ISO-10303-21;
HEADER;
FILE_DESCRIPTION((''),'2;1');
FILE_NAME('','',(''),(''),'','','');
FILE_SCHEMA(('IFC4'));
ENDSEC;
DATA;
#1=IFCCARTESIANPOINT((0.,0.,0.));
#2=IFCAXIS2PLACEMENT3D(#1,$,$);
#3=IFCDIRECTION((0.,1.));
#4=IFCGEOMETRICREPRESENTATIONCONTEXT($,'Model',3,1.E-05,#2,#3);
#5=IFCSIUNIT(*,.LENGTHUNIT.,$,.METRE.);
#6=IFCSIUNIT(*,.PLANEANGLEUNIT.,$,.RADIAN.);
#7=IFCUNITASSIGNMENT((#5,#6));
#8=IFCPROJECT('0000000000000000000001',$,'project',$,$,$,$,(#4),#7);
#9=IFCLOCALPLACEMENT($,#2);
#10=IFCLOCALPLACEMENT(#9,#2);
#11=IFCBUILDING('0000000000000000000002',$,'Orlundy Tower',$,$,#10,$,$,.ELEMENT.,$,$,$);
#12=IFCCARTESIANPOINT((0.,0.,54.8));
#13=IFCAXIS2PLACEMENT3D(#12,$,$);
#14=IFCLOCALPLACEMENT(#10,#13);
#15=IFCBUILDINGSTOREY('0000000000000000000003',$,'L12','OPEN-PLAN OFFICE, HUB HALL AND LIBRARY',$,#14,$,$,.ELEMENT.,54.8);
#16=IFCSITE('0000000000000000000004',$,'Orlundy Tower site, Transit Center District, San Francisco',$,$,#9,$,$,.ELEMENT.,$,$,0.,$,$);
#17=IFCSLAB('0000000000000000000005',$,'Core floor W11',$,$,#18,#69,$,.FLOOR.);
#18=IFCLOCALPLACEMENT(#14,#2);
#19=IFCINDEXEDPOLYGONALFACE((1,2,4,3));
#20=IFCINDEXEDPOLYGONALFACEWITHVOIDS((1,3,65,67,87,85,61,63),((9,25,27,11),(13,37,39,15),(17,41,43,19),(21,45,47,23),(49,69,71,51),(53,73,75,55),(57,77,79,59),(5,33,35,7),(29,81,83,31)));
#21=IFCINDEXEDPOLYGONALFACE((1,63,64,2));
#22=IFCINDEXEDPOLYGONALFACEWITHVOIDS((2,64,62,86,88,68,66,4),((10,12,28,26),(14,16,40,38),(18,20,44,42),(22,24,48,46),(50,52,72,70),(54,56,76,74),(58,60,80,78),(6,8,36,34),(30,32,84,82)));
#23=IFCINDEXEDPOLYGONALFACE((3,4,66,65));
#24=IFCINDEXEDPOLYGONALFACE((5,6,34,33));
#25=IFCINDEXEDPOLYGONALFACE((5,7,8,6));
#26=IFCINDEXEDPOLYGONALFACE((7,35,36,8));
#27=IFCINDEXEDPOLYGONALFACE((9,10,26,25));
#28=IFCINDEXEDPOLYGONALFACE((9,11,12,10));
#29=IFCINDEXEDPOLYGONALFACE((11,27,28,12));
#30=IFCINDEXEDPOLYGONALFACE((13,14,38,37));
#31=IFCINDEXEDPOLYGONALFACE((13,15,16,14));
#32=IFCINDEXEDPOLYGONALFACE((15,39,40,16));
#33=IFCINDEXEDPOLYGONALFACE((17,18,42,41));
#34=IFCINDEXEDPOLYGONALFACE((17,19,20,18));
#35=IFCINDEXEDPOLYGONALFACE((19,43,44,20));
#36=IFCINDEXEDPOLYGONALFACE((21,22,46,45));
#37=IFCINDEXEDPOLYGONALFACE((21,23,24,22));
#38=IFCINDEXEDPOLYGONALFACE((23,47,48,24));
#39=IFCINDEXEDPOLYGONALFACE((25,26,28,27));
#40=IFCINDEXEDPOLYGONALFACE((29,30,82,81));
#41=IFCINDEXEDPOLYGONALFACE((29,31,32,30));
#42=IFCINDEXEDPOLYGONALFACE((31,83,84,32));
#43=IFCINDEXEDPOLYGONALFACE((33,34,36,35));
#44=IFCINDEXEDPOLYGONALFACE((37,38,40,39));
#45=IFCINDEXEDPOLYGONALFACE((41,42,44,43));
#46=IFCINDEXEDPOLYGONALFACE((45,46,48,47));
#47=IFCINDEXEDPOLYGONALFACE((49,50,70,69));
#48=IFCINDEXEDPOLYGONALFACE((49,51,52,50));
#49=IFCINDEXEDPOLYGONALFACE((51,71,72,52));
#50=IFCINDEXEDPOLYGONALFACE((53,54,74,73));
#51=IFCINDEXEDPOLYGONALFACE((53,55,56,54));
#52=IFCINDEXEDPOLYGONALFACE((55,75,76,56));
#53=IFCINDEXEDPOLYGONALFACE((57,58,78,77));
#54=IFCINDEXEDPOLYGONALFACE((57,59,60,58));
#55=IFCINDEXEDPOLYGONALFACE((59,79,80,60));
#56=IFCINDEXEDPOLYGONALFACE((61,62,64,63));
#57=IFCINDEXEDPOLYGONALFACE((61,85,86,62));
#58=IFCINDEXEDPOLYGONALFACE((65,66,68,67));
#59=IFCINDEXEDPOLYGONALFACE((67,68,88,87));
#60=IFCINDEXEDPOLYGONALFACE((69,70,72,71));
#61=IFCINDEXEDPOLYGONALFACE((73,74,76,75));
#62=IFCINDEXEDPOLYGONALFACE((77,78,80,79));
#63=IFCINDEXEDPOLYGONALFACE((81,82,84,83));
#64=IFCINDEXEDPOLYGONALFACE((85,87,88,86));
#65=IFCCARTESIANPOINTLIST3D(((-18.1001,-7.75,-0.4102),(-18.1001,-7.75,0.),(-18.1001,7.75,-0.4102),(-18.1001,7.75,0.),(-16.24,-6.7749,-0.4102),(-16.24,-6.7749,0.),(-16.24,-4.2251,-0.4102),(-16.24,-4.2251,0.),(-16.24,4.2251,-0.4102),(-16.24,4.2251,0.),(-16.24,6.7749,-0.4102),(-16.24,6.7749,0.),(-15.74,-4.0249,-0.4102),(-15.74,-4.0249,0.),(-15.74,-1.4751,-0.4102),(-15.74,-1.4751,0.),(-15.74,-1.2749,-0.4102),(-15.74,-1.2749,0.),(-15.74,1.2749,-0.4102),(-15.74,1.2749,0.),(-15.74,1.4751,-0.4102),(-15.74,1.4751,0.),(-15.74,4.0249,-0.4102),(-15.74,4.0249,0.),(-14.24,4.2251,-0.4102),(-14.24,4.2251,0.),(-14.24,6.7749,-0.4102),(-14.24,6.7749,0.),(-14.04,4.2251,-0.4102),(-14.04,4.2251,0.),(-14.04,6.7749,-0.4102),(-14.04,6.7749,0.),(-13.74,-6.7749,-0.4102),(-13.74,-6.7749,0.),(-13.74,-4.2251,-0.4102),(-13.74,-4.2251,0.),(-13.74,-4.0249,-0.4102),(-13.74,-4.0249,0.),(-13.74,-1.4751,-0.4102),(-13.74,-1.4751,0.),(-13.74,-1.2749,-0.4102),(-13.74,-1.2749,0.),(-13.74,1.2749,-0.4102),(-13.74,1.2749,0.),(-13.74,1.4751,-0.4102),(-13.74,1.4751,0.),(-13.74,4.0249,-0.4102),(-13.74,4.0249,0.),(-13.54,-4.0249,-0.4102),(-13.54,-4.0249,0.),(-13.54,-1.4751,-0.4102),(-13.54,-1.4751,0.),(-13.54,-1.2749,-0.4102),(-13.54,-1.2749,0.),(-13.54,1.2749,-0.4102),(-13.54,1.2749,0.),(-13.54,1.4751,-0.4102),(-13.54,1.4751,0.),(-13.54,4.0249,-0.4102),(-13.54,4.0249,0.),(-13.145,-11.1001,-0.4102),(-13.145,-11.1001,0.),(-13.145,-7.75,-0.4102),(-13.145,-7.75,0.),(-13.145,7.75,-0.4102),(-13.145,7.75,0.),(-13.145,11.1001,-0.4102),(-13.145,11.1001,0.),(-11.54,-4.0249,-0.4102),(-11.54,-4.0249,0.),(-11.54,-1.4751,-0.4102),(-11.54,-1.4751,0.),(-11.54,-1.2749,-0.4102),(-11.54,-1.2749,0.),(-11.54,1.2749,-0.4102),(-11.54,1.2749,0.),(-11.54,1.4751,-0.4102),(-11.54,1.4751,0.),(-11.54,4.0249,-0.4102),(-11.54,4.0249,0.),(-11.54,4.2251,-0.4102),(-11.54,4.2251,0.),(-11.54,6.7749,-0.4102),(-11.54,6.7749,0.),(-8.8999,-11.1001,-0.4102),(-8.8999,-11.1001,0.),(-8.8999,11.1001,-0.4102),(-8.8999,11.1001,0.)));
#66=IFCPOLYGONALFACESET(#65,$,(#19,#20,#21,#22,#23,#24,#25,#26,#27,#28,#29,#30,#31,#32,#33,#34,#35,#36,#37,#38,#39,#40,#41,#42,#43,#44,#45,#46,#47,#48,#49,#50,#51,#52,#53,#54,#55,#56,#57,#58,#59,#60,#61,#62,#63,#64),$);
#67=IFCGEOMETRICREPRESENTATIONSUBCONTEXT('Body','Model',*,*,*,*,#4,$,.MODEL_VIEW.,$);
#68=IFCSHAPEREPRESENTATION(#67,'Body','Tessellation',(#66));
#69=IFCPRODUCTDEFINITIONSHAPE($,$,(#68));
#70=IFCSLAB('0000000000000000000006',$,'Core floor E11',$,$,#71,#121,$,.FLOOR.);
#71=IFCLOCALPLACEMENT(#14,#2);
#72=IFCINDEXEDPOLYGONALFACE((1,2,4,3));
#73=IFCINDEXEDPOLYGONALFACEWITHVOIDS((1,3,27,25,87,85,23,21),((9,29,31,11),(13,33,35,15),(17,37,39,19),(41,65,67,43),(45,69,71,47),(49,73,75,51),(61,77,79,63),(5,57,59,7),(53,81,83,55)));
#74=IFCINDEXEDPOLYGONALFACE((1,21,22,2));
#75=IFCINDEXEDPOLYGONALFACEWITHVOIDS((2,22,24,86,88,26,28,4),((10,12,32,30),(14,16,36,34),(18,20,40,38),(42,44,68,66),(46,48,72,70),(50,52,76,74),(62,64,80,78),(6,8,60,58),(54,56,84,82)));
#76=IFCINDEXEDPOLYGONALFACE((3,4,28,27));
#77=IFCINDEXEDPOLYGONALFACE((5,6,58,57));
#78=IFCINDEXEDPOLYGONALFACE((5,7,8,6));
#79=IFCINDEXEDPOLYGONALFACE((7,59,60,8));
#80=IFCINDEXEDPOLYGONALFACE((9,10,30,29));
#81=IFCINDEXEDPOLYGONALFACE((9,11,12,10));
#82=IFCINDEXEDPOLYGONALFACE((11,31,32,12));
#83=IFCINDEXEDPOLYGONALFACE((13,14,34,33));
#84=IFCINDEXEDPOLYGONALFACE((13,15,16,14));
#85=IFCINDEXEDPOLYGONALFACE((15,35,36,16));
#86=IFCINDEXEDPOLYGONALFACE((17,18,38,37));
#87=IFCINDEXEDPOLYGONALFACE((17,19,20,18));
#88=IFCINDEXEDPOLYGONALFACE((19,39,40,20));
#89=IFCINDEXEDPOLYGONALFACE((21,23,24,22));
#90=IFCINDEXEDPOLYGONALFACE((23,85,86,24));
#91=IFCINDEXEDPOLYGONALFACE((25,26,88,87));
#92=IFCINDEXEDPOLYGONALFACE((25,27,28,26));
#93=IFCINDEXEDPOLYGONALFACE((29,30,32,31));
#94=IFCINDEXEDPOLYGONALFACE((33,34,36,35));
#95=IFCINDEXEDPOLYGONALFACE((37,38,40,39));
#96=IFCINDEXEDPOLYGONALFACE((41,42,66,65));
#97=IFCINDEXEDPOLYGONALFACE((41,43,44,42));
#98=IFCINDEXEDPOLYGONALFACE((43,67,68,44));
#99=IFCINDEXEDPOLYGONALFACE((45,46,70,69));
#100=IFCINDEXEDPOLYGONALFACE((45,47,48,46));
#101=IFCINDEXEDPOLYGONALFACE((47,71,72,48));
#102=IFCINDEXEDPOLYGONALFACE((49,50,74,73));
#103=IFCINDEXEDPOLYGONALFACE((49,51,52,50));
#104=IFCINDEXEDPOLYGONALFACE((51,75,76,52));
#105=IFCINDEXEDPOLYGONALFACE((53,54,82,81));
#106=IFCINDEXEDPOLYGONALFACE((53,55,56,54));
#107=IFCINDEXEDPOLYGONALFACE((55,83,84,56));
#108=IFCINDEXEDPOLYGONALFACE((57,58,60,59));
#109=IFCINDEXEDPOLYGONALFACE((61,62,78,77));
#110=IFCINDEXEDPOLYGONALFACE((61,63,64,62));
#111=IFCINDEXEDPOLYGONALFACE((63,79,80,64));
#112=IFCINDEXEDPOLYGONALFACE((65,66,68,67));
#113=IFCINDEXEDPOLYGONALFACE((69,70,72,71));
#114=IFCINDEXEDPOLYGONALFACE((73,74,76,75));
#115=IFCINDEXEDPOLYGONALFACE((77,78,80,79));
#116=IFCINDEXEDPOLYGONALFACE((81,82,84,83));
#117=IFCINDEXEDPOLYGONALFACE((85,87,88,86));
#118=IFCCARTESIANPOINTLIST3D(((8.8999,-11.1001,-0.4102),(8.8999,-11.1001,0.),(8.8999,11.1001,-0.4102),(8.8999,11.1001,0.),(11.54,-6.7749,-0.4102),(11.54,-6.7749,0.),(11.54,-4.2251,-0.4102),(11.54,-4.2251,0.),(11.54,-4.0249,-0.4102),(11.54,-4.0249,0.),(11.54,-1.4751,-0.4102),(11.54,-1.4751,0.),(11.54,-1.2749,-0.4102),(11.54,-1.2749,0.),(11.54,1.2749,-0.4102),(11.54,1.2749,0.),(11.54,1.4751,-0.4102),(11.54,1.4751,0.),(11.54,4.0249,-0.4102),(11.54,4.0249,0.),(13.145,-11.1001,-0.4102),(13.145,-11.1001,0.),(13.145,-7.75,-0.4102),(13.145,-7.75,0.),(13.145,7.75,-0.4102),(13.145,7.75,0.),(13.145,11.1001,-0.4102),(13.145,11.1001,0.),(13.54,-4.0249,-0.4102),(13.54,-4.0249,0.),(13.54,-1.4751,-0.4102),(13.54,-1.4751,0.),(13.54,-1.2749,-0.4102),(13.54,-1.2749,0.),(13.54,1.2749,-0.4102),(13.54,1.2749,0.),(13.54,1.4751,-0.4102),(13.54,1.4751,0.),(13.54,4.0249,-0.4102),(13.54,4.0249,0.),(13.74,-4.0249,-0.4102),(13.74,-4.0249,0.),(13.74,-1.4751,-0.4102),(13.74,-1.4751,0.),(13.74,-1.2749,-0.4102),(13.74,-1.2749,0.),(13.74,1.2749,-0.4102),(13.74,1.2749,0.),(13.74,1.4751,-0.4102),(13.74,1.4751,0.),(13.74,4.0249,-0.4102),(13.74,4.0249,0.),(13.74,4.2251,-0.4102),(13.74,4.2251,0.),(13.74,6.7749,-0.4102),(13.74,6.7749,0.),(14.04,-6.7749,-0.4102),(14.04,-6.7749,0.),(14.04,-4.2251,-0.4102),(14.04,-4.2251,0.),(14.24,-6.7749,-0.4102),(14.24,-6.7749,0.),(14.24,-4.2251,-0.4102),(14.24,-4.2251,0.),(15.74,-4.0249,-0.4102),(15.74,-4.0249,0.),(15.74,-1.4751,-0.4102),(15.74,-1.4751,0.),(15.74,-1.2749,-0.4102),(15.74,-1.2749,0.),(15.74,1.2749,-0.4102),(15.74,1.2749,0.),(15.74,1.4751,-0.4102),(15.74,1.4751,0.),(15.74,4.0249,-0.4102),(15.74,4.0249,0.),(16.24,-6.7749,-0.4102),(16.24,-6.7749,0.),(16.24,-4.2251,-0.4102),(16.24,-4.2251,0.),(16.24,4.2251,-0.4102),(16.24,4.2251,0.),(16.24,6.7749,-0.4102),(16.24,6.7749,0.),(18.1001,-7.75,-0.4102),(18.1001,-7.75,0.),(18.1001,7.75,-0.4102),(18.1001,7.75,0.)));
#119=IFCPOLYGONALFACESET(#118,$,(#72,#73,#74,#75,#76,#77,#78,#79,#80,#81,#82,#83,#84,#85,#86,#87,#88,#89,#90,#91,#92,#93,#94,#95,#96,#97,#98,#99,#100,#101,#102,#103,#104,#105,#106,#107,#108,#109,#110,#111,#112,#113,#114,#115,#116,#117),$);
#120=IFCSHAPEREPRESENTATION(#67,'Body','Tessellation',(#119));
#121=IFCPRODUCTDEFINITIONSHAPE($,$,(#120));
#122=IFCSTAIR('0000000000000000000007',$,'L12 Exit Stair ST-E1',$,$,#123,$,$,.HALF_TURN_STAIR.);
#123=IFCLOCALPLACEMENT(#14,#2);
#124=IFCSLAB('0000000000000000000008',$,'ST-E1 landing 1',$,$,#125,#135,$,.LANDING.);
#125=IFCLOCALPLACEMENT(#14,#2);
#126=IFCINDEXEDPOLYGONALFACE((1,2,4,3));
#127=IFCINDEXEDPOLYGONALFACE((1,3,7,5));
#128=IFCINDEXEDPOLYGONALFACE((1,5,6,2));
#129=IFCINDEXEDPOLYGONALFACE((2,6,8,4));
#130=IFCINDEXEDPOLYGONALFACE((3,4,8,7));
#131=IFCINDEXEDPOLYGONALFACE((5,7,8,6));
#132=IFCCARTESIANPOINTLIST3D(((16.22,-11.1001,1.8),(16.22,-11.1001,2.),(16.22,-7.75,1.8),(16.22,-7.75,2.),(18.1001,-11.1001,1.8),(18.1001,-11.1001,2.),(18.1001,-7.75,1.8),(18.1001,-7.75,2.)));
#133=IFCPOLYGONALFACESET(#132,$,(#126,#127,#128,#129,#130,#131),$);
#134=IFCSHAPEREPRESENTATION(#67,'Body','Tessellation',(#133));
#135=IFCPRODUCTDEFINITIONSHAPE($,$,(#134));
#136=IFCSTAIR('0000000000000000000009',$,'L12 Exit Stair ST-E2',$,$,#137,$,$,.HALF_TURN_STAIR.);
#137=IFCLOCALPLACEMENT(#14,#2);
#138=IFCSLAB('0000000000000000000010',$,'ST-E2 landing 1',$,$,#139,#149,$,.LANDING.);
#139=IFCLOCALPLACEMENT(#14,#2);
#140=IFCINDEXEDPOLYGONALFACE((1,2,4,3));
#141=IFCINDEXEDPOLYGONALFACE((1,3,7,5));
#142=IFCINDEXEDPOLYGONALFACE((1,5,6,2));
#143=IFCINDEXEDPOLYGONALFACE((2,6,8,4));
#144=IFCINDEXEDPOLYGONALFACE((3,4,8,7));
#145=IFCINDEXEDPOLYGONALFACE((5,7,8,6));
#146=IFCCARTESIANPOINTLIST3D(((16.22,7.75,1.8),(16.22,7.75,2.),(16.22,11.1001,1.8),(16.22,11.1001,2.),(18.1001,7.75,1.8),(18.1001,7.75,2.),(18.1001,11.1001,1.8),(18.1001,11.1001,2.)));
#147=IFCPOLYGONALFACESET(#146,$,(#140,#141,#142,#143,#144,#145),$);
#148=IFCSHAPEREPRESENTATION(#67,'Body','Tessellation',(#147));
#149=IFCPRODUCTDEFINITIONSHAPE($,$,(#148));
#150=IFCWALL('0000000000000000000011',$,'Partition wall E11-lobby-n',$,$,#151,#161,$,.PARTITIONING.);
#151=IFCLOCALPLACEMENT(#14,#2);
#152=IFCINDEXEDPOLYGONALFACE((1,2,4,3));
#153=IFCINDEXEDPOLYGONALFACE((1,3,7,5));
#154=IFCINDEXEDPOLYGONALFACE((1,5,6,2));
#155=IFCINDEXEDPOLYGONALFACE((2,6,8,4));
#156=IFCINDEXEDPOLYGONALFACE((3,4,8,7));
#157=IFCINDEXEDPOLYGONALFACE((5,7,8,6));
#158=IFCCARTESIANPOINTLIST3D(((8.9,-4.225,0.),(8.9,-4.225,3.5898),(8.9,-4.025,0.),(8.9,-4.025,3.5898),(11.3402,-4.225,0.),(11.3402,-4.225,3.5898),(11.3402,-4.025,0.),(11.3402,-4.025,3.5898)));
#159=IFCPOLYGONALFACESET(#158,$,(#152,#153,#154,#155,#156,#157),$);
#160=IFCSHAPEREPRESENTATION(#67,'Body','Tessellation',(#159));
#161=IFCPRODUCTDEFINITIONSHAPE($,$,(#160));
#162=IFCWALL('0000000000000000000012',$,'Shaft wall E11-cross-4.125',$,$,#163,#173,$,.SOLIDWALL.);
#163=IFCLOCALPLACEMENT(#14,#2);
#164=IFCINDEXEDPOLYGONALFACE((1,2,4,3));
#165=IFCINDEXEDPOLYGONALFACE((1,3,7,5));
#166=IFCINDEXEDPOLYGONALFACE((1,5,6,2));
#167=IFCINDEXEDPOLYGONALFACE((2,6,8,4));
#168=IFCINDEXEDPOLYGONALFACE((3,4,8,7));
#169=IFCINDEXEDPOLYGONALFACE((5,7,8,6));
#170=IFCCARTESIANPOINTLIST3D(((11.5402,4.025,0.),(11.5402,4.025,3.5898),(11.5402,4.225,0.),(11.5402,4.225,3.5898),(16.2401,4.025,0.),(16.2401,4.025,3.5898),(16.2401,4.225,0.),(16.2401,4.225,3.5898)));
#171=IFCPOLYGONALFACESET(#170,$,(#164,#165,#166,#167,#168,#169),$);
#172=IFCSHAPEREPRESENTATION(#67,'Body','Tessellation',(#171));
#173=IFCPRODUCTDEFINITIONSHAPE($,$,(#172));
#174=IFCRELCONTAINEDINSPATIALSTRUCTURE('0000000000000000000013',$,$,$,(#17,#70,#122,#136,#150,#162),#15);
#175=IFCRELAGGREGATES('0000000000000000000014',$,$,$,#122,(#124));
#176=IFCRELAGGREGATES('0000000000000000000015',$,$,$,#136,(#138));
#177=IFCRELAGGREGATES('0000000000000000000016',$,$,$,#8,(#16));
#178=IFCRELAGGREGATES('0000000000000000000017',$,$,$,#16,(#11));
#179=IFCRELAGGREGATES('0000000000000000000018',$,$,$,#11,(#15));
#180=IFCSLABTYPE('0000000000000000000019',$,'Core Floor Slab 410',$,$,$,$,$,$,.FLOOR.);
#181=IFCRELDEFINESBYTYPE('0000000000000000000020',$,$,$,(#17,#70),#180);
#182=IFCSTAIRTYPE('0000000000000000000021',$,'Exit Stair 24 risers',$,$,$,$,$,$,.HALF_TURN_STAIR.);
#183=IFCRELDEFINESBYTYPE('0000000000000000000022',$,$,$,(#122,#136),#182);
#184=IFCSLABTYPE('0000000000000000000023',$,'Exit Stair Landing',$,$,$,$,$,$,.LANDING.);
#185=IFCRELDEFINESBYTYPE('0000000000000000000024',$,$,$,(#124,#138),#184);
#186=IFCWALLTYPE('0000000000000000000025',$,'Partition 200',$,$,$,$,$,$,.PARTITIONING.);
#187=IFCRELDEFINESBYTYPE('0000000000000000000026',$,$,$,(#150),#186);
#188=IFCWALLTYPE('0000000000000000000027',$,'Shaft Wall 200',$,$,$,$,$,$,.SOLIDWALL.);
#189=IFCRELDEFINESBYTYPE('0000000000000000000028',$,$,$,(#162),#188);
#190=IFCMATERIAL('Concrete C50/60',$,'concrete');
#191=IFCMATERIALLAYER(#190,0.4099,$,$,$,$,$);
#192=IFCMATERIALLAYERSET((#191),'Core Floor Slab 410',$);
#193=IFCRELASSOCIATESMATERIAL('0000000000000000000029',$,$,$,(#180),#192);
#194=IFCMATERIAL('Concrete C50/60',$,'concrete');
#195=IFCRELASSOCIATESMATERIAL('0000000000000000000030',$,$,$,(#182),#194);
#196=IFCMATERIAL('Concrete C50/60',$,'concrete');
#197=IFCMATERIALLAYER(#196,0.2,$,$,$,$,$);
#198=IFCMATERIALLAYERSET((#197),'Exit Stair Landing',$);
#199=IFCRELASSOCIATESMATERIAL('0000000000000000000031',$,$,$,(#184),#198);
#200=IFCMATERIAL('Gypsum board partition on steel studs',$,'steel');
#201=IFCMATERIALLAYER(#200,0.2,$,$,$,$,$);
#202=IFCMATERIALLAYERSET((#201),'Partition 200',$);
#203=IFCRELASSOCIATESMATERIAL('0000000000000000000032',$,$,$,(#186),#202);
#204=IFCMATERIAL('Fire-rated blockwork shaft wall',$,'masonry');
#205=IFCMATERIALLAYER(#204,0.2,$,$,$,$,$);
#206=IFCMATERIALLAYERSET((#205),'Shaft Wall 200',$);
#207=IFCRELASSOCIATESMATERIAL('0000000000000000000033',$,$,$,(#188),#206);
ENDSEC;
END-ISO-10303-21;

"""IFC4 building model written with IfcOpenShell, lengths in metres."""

from ifc_helpers import new_model, si_unit, direction, frame, frame_2d, origin, place, context, subcontext, project, spatial, polyline, rectangle, outline, extrude, material, layer, layer_set, type_object, element, aggregate, save


model = new_model("IFC4")

# Units and contexts
model_context = context("Model", 3, precision=1e-05, world=origin(), true_north=direction((0.0, 1.0)))
body_context = subcontext(model_context, "Body", "Model", "MODEL_VIEW")
ifc_project = project(units=[si_unit("LENGTHUNIT", "METRE"), si_unit("PLANEANGLEUNIT", "RADIAN")], contexts=[model_context])

# Site, building, storey
site_placement = place(None, origin())
site = spatial("IfcSite", under=ifc_project, at=site_placement, Name="Orlundy Tower site, Transit Center District, San Francisco", CompositionType="ELEMENT", RefElevation=0.0)
building_placement = place(site_placement, origin())
building = spatial("IfcBuilding", under=site, at=building_placement, Name="Orlundy Tower", CompositionType="ELEMENT")
storey_placement = place(building_placement, frame((0.0, 0.0, 54.8)))
storey = spatial("IfcBuildingStorey", under=building, at=storey_placement, Name="L12", Description="OPEN-PLAN OFFICE, HUB HALL AND LIBRARY", CompositionType="ELEMENT", Elevation=54.8)

# Slabs
ifc_material_1 = material(Name="Concrete C50/60", Category="concrete")
ifc_layer_1 = layer(ifc_material_1, 0.4099)
ifc_layer_set_1 = layer_set([ifc_layer_1], Name="Core Floor Slab 410")
slab_type_1 = type_object("IfcSlabType", Name="Core Floor Slab 410", PredefinedType="FLOOR", material=ifc_layer_set_1)
slab_1_placement = place(storey_placement, frame((0.0, 0.0, -0.4102)))
element("IfcSlab", 1, at=slab_1_placement, inside=storey, type_object=slab_type_1, Name="Core floor W11", PredefinedType="FLOOR", context=body_context, shape_type="SweptSolid", body=[
    extrude(outline(polyline([(-13.145, 7.75), (-13.145, 11.1001), (-8.8999, 11.1001), (-8.8999, -11.1001), (-13.145, -11.1001), (-13.145, -7.75), (-18.1001, -7.75), (-18.1001, 7.75), (-13.145, 7.75)]), holes=[polyline([(-16.24, -6.7749), (-13.74, -6.7749), (-13.74, -4.2251), (-16.24, -4.2251), (-16.24, -6.7749)]), polyline([(-13.54, -1.4751), (-13.54, -4.0249), (-11.54, -4.0249), (-11.54, -1.4751), (-13.54, -1.4751)]), polyline([(-13.74, -1.4751), (-15.74, -1.4751), (-15.74, -4.0249), (-13.74, -4.0249), (-13.74, -1.4751)]), polyline([(-11.54, -1.2749), (-11.54, 1.2749), (-13.54, 1.2749), (-13.54, -1.2749), (-11.54, -1.2749)]), polyline([(-15.74, -1.2749), (-13.74, -1.2749), (-13.74, 1.2749), (-15.74, 1.2749), (-15.74, -1.2749)]), polyline([(-13.54, 4.0249), (-13.54, 1.4751), (-11.54, 1.4751), (-11.54, 4.0249), (-13.54, 4.0249)]), polyline([(-13.74, 4.0249), (-15.74, 4.0249), (-15.74, 1.4751), (-13.74, 1.4751), (-13.74, 4.0249)]), polyline([(-11.54, 4.2251), (-11.54, 6.7749), (-14.04, 6.7749), (-14.04, 4.2251), (-11.54, 4.2251)]), polyline([(-16.24, 4.2251), (-14.24, 4.2251), (-14.24, 6.7749), (-16.24, 6.7749), (-16.24, 4.2251)])]), origin(), (0.0, 0.0, 1.0), 0.4102),
])
slab_2_placement = place(storey_placement, frame((0.0, 0.0, -0.4102)))
element("IfcSlab", 2, at=slab_2_placement, inside=storey, type_object=slab_type_1, Name="Core floor E11", PredefinedType="FLOOR", context=body_context, shape_type="SweptSolid", body=[
    extrude(outline(polyline([(13.145, -7.75), (13.145, -11.1001), (8.8999, -11.1001), (8.8999, 11.1001), (13.145, 11.1001), (13.145, 7.75), (18.1001, 7.75), (18.1001, -7.75), (13.145, -7.75)]), holes=[polyline([(16.24, 6.7749), (13.74, 6.7749), (13.74, 4.2251), (16.24, 4.2251), (16.24, 6.7749)]), polyline([(13.54, 1.4751), (13.54, 4.0249), (11.54, 4.0249), (11.54, 1.4751), (13.54, 1.4751)]), polyline([(13.74, 1.4751), (15.74, 1.4751), (15.74, 4.0249), (13.74, 4.0249), (13.74, 1.4751)]), polyline([(11.54, 1.2749), (11.54, -1.2749), (13.54, -1.2749), (13.54, 1.2749), (11.54, 1.2749)]), polyline([(15.74, 1.2749), (13.74, 1.2749), (13.74, -1.2749), (15.74, -1.2749), (15.74, 1.2749)]), polyline([(13.54, -4.0249), (13.54, -1.4751), (11.54, -1.4751), (11.54, -4.0249), (13.54, -4.0249)]), polyline([(13.74, -4.0249), (15.74, -4.0249), (15.74, -1.4751), (13.74, -1.4751), (13.74, -4.0249)]), polyline([(11.54, -4.2251), (11.54, -6.7749), (14.04, -6.7749), (14.04, -4.2251), (11.54, -4.2251)]), polyline([(16.24, -4.2251), (14.24, -4.2251), (14.24, -6.7749), (16.24, -6.7749), (16.24, -4.2251)])]), origin(), (0.0, 0.0, 1.0), 0.4102),
])

# Stairs, slabs
ifc_material_2 = material(Name="Concrete C50/60", Category="concrete")
stair_type = type_object("IfcStairType", Name="Exit Stair 24 risers", PredefinedType="HALF_TURN_STAIR", material=ifc_material_2)
stair_1_placement = place(storey_placement, origin())
stair_1 = element("IfcStair", 3, at=stair_1_placement, inside=storey, type_object=stair_type, Name="L12 Exit Stair ST-E1", PredefinedType="HALF_TURN_STAIR")
ifc_material_3 = material(Name="Concrete C50/60", Category="concrete")
ifc_layer_2 = layer(ifc_material_3, 0.2)
ifc_layer_set_2 = layer_set([ifc_layer_2], Name="Exit Stair Landing")
slab_type_2 = type_object("IfcSlabType", Name="Exit Stair Landing", PredefinedType="LANDING", material=ifc_layer_set_2)
slab_3_placement = place(storey_placement, frame((0.0, 0.0, 1.8)))
slab_3 = element("IfcSlab", 4, at=slab_3_placement, type_object=slab_type_2, Name="ST-E1 landing 1", PredefinedType="LANDING", context=body_context, shape_type="SweptSolid", body=[
    extrude(outline(polyline([(16.22, -11.1001), (18.1001, -11.1001), (18.1001, -7.75), (16.22, -7.75), (16.22, -11.1001)])), origin(), (0.0, 0.0, 1.0), 0.2),
])
aggregate(stair_1, [slab_3])
stair_2_placement = place(storey_placement, origin())
stair_2 = element("IfcStair", 5, at=stair_2_placement, inside=storey, type_object=stair_type, Name="L12 Exit Stair ST-E2", PredefinedType="HALF_TURN_STAIR")
slab_4_placement = place(storey_placement, frame((0.0, 0.0, 1.8)))
slab_4 = element("IfcSlab", 6, at=slab_4_placement, type_object=slab_type_2, Name="ST-E2 landing 1", PredefinedType="LANDING", context=body_context, shape_type="SweptSolid", body=[
    extrude(outline(polyline([(16.22, 7.75), (18.1001, 7.75), (18.1001, 11.1001), (16.22, 11.1001), (16.22, 7.75)])), origin(), (0.0, 0.0, 1.0), 0.2),
])
aggregate(stair_2, [slab_4])

# Walls
ifc_material_4 = material(Name="Gypsum board partition on steel studs", Category="steel")
ifc_layer_3 = layer(ifc_material_4, 0.2)
ifc_layer_set_3 = layer_set([ifc_layer_3], Name="Partition 200")
wall_type_1 = type_object("IfcWallType", Name="Partition 200", PredefinedType="PARTITIONING", material=ifc_layer_set_3)
wall_1_placement = place(storey_placement, frame((8.8999, -4.125, 0.0), z_axis=(0.0, 0.0, 1.0), x_axis=(1.0, 0.0, 0.0)))
element("IfcWall", 7, at=wall_1_placement, inside=storey, type_object=wall_type_1, Name="Partition wall E11-lobby-n", PredefinedType="PARTITIONING", context=body_context, shape_type="SweptSolid", body=[
    extrude(rectangle(XDim=2.4402, YDim=0.2, at=frame_2d((1.2202, 0.0))), origin(), (0.0, 0.0, 1.0), 3.5898),
])
ifc_material_5 = material(Name="Fire-rated blockwork shaft wall", Category="masonry")
ifc_layer_4 = layer(ifc_material_5, 0.2)
ifc_layer_set_4 = layer_set([ifc_layer_4], Name="Shaft Wall 200")
wall_type_2 = type_object("IfcWallType", Name="Shaft Wall 200", PredefinedType="SOLIDWALL", material=ifc_layer_set_4)
wall_2_placement = place(storey_placement, frame((11.54, 4.125, 0.0), z_axis=(0.0, 0.0, 1.0), x_axis=(1.0, 0.0, 0.0)))
element("IfcWall", 8, at=wall_2_placement, inside=storey, type_object=wall_type_2, Name="Shaft wall E11-cross-4.125", PredefinedType="SOLIDWALL", context=body_context, shape_type="SweptSolid", body=[
    extrude(rectangle(XDim=4.7, YDim=0.2, at=frame_2d((2.3501, 0.0))), origin(), (0.0, 0.0, 1.0), 3.5898),
])

save(model, "model.ifc")
